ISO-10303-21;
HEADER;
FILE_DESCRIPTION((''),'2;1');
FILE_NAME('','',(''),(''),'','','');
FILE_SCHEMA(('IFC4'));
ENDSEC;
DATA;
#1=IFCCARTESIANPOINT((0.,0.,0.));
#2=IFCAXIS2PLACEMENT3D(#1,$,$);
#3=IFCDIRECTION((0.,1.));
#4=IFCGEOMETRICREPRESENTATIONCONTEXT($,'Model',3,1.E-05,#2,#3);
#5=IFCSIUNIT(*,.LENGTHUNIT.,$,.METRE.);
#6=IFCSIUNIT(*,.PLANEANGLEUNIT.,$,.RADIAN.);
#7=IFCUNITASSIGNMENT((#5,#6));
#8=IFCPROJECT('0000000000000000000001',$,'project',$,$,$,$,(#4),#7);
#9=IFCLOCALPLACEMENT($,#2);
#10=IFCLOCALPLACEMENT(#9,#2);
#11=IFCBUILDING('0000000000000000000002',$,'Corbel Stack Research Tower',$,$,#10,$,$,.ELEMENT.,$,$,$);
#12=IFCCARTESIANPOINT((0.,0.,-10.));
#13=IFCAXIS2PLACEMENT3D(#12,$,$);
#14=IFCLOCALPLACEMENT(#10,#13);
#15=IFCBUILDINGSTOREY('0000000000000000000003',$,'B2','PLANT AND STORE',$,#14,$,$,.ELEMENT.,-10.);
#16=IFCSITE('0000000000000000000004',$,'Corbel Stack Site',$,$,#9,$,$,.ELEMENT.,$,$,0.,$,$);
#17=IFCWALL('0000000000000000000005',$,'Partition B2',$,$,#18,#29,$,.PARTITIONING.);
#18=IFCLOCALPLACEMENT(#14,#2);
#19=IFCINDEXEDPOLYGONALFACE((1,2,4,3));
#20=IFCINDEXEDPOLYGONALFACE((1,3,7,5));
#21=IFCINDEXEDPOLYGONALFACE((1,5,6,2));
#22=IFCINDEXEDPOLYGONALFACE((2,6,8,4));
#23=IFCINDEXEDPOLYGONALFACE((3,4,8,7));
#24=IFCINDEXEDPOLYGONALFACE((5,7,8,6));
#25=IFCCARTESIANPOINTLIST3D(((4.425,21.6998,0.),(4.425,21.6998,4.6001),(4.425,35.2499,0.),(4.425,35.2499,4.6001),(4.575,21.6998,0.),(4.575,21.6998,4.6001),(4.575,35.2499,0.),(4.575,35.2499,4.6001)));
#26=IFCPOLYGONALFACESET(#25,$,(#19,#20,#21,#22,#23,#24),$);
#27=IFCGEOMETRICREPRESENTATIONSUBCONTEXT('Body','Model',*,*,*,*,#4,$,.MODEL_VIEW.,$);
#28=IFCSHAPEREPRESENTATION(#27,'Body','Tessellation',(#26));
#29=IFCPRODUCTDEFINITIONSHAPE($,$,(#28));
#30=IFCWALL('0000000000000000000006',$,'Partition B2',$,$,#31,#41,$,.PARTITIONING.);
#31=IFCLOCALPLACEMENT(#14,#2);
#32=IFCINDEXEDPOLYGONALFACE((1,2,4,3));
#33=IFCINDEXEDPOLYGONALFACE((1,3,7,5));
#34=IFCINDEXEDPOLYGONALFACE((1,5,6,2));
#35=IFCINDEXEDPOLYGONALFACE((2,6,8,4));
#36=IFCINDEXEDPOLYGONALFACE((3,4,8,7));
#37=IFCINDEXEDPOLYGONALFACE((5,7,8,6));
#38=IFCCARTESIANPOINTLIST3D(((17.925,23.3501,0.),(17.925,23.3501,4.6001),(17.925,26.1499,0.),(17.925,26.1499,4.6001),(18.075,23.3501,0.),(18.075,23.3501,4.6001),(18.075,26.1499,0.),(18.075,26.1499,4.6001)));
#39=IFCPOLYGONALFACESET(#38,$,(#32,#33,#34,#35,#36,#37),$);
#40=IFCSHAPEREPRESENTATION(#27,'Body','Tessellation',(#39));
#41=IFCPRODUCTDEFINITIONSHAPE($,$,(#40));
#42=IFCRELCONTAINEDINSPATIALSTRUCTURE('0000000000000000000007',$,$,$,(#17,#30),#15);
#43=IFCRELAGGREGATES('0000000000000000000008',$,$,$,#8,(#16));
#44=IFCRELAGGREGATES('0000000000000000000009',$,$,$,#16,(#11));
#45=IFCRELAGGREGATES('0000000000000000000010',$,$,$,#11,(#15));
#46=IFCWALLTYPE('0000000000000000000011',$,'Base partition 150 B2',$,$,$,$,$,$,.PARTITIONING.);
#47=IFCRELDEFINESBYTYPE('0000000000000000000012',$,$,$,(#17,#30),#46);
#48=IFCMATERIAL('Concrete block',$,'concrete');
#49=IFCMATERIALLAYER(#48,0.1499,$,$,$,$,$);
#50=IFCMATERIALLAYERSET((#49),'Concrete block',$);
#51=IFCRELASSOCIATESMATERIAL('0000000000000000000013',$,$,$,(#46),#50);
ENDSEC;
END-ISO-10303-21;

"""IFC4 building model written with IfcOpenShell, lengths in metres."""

from ifc_helpers import new_model, si_unit, direction, frame, frame_2d, origin, place, context, subcontext, project, spatial, rectangle, extrude, material, layer, layer_set, type_object, element, save


model = new_model("IFC4")

# Units and contexts
model_context = context("Model", 3, precision=1e-05, world=origin(), true_north=direction((0.0, 1.0)))
body_context = subcontext(model_context, "Body", "Model", "MODEL_VIEW")
ifc_project = project(units=[si_unit("LENGTHUNIT", "METRE"), si_unit("PLANEANGLEUNIT", "RADIAN")], contexts=[model_context])

# Site, building, storey
site_placement = place(None, origin())
site = spatial("IfcSite", under=ifc_project, at=site_placement, Name="Corbel Stack Site", CompositionType="ELEMENT", RefElevation=0.0)
building_placement = place(site_placement, origin())
building = spatial("IfcBuilding", under=site, at=building_placement, Name="Corbel Stack Research Tower", CompositionType="ELEMENT")
storey_placement = place(building_placement, frame((0.0, 0.0, -10.0)))
storey = spatial("IfcBuildingStorey", under=building, at=storey_placement, Name="B2", Description="PLANT AND STORE", CompositionType="ELEMENT", Elevation=-10.0)

# Shared definitions
ifc_material_1 = material(Name="Concrete block", Category="concrete")
ifc_layer = layer(ifc_material_1, 0.1499)
ifc_layer_set = layer_set([ifc_layer], Name="Concrete block")
wall_type = type_object("IfcWallType", Name="Base partition 150 B2", PredefinedType="PARTITIONING", material=ifc_layer_set)

# Walls
wall_1_placement = place(storey_placement, frame((4.5, 21.7, 0.0), z_axis=(0.0, 0.0, 1.0), x_axis=(0.0, 1.0, 0.0)))
element("IfcWall", 1, at=wall_1_placement, inside=storey, type_object=wall_type, Name="Partition B2", PredefinedType="PARTITIONING", context=body_context, shape_type="SweptSolid", body=[
    extrude(rectangle(XDim=13.55, YDim=0.1499, at=frame_2d((6.7749, 0.0))), origin(), (0.0, 0.0, 1.0), 4.6001),
])
wall_2_placement = place(storey_placement, frame((18.0, 23.3501, 0.0), z_axis=(0.0, 0.0, 1.0), x_axis=(0.0, 1.0, 0.0)))
element("IfcWall", 2, at=wall_2_placement, inside=storey, type_object=wall_type, Name="Partition B2", PredefinedType="PARTITIONING", context=body_context, shape_type="SweptSolid", body=[
    extrude(rectangle(XDim=2.7998, YDim=0.1499, at=frame_2d((1.3999, 0.0))), origin(), (0.0, 0.0, 1.0), 4.6001),
])

save(model, "model.ifc")
